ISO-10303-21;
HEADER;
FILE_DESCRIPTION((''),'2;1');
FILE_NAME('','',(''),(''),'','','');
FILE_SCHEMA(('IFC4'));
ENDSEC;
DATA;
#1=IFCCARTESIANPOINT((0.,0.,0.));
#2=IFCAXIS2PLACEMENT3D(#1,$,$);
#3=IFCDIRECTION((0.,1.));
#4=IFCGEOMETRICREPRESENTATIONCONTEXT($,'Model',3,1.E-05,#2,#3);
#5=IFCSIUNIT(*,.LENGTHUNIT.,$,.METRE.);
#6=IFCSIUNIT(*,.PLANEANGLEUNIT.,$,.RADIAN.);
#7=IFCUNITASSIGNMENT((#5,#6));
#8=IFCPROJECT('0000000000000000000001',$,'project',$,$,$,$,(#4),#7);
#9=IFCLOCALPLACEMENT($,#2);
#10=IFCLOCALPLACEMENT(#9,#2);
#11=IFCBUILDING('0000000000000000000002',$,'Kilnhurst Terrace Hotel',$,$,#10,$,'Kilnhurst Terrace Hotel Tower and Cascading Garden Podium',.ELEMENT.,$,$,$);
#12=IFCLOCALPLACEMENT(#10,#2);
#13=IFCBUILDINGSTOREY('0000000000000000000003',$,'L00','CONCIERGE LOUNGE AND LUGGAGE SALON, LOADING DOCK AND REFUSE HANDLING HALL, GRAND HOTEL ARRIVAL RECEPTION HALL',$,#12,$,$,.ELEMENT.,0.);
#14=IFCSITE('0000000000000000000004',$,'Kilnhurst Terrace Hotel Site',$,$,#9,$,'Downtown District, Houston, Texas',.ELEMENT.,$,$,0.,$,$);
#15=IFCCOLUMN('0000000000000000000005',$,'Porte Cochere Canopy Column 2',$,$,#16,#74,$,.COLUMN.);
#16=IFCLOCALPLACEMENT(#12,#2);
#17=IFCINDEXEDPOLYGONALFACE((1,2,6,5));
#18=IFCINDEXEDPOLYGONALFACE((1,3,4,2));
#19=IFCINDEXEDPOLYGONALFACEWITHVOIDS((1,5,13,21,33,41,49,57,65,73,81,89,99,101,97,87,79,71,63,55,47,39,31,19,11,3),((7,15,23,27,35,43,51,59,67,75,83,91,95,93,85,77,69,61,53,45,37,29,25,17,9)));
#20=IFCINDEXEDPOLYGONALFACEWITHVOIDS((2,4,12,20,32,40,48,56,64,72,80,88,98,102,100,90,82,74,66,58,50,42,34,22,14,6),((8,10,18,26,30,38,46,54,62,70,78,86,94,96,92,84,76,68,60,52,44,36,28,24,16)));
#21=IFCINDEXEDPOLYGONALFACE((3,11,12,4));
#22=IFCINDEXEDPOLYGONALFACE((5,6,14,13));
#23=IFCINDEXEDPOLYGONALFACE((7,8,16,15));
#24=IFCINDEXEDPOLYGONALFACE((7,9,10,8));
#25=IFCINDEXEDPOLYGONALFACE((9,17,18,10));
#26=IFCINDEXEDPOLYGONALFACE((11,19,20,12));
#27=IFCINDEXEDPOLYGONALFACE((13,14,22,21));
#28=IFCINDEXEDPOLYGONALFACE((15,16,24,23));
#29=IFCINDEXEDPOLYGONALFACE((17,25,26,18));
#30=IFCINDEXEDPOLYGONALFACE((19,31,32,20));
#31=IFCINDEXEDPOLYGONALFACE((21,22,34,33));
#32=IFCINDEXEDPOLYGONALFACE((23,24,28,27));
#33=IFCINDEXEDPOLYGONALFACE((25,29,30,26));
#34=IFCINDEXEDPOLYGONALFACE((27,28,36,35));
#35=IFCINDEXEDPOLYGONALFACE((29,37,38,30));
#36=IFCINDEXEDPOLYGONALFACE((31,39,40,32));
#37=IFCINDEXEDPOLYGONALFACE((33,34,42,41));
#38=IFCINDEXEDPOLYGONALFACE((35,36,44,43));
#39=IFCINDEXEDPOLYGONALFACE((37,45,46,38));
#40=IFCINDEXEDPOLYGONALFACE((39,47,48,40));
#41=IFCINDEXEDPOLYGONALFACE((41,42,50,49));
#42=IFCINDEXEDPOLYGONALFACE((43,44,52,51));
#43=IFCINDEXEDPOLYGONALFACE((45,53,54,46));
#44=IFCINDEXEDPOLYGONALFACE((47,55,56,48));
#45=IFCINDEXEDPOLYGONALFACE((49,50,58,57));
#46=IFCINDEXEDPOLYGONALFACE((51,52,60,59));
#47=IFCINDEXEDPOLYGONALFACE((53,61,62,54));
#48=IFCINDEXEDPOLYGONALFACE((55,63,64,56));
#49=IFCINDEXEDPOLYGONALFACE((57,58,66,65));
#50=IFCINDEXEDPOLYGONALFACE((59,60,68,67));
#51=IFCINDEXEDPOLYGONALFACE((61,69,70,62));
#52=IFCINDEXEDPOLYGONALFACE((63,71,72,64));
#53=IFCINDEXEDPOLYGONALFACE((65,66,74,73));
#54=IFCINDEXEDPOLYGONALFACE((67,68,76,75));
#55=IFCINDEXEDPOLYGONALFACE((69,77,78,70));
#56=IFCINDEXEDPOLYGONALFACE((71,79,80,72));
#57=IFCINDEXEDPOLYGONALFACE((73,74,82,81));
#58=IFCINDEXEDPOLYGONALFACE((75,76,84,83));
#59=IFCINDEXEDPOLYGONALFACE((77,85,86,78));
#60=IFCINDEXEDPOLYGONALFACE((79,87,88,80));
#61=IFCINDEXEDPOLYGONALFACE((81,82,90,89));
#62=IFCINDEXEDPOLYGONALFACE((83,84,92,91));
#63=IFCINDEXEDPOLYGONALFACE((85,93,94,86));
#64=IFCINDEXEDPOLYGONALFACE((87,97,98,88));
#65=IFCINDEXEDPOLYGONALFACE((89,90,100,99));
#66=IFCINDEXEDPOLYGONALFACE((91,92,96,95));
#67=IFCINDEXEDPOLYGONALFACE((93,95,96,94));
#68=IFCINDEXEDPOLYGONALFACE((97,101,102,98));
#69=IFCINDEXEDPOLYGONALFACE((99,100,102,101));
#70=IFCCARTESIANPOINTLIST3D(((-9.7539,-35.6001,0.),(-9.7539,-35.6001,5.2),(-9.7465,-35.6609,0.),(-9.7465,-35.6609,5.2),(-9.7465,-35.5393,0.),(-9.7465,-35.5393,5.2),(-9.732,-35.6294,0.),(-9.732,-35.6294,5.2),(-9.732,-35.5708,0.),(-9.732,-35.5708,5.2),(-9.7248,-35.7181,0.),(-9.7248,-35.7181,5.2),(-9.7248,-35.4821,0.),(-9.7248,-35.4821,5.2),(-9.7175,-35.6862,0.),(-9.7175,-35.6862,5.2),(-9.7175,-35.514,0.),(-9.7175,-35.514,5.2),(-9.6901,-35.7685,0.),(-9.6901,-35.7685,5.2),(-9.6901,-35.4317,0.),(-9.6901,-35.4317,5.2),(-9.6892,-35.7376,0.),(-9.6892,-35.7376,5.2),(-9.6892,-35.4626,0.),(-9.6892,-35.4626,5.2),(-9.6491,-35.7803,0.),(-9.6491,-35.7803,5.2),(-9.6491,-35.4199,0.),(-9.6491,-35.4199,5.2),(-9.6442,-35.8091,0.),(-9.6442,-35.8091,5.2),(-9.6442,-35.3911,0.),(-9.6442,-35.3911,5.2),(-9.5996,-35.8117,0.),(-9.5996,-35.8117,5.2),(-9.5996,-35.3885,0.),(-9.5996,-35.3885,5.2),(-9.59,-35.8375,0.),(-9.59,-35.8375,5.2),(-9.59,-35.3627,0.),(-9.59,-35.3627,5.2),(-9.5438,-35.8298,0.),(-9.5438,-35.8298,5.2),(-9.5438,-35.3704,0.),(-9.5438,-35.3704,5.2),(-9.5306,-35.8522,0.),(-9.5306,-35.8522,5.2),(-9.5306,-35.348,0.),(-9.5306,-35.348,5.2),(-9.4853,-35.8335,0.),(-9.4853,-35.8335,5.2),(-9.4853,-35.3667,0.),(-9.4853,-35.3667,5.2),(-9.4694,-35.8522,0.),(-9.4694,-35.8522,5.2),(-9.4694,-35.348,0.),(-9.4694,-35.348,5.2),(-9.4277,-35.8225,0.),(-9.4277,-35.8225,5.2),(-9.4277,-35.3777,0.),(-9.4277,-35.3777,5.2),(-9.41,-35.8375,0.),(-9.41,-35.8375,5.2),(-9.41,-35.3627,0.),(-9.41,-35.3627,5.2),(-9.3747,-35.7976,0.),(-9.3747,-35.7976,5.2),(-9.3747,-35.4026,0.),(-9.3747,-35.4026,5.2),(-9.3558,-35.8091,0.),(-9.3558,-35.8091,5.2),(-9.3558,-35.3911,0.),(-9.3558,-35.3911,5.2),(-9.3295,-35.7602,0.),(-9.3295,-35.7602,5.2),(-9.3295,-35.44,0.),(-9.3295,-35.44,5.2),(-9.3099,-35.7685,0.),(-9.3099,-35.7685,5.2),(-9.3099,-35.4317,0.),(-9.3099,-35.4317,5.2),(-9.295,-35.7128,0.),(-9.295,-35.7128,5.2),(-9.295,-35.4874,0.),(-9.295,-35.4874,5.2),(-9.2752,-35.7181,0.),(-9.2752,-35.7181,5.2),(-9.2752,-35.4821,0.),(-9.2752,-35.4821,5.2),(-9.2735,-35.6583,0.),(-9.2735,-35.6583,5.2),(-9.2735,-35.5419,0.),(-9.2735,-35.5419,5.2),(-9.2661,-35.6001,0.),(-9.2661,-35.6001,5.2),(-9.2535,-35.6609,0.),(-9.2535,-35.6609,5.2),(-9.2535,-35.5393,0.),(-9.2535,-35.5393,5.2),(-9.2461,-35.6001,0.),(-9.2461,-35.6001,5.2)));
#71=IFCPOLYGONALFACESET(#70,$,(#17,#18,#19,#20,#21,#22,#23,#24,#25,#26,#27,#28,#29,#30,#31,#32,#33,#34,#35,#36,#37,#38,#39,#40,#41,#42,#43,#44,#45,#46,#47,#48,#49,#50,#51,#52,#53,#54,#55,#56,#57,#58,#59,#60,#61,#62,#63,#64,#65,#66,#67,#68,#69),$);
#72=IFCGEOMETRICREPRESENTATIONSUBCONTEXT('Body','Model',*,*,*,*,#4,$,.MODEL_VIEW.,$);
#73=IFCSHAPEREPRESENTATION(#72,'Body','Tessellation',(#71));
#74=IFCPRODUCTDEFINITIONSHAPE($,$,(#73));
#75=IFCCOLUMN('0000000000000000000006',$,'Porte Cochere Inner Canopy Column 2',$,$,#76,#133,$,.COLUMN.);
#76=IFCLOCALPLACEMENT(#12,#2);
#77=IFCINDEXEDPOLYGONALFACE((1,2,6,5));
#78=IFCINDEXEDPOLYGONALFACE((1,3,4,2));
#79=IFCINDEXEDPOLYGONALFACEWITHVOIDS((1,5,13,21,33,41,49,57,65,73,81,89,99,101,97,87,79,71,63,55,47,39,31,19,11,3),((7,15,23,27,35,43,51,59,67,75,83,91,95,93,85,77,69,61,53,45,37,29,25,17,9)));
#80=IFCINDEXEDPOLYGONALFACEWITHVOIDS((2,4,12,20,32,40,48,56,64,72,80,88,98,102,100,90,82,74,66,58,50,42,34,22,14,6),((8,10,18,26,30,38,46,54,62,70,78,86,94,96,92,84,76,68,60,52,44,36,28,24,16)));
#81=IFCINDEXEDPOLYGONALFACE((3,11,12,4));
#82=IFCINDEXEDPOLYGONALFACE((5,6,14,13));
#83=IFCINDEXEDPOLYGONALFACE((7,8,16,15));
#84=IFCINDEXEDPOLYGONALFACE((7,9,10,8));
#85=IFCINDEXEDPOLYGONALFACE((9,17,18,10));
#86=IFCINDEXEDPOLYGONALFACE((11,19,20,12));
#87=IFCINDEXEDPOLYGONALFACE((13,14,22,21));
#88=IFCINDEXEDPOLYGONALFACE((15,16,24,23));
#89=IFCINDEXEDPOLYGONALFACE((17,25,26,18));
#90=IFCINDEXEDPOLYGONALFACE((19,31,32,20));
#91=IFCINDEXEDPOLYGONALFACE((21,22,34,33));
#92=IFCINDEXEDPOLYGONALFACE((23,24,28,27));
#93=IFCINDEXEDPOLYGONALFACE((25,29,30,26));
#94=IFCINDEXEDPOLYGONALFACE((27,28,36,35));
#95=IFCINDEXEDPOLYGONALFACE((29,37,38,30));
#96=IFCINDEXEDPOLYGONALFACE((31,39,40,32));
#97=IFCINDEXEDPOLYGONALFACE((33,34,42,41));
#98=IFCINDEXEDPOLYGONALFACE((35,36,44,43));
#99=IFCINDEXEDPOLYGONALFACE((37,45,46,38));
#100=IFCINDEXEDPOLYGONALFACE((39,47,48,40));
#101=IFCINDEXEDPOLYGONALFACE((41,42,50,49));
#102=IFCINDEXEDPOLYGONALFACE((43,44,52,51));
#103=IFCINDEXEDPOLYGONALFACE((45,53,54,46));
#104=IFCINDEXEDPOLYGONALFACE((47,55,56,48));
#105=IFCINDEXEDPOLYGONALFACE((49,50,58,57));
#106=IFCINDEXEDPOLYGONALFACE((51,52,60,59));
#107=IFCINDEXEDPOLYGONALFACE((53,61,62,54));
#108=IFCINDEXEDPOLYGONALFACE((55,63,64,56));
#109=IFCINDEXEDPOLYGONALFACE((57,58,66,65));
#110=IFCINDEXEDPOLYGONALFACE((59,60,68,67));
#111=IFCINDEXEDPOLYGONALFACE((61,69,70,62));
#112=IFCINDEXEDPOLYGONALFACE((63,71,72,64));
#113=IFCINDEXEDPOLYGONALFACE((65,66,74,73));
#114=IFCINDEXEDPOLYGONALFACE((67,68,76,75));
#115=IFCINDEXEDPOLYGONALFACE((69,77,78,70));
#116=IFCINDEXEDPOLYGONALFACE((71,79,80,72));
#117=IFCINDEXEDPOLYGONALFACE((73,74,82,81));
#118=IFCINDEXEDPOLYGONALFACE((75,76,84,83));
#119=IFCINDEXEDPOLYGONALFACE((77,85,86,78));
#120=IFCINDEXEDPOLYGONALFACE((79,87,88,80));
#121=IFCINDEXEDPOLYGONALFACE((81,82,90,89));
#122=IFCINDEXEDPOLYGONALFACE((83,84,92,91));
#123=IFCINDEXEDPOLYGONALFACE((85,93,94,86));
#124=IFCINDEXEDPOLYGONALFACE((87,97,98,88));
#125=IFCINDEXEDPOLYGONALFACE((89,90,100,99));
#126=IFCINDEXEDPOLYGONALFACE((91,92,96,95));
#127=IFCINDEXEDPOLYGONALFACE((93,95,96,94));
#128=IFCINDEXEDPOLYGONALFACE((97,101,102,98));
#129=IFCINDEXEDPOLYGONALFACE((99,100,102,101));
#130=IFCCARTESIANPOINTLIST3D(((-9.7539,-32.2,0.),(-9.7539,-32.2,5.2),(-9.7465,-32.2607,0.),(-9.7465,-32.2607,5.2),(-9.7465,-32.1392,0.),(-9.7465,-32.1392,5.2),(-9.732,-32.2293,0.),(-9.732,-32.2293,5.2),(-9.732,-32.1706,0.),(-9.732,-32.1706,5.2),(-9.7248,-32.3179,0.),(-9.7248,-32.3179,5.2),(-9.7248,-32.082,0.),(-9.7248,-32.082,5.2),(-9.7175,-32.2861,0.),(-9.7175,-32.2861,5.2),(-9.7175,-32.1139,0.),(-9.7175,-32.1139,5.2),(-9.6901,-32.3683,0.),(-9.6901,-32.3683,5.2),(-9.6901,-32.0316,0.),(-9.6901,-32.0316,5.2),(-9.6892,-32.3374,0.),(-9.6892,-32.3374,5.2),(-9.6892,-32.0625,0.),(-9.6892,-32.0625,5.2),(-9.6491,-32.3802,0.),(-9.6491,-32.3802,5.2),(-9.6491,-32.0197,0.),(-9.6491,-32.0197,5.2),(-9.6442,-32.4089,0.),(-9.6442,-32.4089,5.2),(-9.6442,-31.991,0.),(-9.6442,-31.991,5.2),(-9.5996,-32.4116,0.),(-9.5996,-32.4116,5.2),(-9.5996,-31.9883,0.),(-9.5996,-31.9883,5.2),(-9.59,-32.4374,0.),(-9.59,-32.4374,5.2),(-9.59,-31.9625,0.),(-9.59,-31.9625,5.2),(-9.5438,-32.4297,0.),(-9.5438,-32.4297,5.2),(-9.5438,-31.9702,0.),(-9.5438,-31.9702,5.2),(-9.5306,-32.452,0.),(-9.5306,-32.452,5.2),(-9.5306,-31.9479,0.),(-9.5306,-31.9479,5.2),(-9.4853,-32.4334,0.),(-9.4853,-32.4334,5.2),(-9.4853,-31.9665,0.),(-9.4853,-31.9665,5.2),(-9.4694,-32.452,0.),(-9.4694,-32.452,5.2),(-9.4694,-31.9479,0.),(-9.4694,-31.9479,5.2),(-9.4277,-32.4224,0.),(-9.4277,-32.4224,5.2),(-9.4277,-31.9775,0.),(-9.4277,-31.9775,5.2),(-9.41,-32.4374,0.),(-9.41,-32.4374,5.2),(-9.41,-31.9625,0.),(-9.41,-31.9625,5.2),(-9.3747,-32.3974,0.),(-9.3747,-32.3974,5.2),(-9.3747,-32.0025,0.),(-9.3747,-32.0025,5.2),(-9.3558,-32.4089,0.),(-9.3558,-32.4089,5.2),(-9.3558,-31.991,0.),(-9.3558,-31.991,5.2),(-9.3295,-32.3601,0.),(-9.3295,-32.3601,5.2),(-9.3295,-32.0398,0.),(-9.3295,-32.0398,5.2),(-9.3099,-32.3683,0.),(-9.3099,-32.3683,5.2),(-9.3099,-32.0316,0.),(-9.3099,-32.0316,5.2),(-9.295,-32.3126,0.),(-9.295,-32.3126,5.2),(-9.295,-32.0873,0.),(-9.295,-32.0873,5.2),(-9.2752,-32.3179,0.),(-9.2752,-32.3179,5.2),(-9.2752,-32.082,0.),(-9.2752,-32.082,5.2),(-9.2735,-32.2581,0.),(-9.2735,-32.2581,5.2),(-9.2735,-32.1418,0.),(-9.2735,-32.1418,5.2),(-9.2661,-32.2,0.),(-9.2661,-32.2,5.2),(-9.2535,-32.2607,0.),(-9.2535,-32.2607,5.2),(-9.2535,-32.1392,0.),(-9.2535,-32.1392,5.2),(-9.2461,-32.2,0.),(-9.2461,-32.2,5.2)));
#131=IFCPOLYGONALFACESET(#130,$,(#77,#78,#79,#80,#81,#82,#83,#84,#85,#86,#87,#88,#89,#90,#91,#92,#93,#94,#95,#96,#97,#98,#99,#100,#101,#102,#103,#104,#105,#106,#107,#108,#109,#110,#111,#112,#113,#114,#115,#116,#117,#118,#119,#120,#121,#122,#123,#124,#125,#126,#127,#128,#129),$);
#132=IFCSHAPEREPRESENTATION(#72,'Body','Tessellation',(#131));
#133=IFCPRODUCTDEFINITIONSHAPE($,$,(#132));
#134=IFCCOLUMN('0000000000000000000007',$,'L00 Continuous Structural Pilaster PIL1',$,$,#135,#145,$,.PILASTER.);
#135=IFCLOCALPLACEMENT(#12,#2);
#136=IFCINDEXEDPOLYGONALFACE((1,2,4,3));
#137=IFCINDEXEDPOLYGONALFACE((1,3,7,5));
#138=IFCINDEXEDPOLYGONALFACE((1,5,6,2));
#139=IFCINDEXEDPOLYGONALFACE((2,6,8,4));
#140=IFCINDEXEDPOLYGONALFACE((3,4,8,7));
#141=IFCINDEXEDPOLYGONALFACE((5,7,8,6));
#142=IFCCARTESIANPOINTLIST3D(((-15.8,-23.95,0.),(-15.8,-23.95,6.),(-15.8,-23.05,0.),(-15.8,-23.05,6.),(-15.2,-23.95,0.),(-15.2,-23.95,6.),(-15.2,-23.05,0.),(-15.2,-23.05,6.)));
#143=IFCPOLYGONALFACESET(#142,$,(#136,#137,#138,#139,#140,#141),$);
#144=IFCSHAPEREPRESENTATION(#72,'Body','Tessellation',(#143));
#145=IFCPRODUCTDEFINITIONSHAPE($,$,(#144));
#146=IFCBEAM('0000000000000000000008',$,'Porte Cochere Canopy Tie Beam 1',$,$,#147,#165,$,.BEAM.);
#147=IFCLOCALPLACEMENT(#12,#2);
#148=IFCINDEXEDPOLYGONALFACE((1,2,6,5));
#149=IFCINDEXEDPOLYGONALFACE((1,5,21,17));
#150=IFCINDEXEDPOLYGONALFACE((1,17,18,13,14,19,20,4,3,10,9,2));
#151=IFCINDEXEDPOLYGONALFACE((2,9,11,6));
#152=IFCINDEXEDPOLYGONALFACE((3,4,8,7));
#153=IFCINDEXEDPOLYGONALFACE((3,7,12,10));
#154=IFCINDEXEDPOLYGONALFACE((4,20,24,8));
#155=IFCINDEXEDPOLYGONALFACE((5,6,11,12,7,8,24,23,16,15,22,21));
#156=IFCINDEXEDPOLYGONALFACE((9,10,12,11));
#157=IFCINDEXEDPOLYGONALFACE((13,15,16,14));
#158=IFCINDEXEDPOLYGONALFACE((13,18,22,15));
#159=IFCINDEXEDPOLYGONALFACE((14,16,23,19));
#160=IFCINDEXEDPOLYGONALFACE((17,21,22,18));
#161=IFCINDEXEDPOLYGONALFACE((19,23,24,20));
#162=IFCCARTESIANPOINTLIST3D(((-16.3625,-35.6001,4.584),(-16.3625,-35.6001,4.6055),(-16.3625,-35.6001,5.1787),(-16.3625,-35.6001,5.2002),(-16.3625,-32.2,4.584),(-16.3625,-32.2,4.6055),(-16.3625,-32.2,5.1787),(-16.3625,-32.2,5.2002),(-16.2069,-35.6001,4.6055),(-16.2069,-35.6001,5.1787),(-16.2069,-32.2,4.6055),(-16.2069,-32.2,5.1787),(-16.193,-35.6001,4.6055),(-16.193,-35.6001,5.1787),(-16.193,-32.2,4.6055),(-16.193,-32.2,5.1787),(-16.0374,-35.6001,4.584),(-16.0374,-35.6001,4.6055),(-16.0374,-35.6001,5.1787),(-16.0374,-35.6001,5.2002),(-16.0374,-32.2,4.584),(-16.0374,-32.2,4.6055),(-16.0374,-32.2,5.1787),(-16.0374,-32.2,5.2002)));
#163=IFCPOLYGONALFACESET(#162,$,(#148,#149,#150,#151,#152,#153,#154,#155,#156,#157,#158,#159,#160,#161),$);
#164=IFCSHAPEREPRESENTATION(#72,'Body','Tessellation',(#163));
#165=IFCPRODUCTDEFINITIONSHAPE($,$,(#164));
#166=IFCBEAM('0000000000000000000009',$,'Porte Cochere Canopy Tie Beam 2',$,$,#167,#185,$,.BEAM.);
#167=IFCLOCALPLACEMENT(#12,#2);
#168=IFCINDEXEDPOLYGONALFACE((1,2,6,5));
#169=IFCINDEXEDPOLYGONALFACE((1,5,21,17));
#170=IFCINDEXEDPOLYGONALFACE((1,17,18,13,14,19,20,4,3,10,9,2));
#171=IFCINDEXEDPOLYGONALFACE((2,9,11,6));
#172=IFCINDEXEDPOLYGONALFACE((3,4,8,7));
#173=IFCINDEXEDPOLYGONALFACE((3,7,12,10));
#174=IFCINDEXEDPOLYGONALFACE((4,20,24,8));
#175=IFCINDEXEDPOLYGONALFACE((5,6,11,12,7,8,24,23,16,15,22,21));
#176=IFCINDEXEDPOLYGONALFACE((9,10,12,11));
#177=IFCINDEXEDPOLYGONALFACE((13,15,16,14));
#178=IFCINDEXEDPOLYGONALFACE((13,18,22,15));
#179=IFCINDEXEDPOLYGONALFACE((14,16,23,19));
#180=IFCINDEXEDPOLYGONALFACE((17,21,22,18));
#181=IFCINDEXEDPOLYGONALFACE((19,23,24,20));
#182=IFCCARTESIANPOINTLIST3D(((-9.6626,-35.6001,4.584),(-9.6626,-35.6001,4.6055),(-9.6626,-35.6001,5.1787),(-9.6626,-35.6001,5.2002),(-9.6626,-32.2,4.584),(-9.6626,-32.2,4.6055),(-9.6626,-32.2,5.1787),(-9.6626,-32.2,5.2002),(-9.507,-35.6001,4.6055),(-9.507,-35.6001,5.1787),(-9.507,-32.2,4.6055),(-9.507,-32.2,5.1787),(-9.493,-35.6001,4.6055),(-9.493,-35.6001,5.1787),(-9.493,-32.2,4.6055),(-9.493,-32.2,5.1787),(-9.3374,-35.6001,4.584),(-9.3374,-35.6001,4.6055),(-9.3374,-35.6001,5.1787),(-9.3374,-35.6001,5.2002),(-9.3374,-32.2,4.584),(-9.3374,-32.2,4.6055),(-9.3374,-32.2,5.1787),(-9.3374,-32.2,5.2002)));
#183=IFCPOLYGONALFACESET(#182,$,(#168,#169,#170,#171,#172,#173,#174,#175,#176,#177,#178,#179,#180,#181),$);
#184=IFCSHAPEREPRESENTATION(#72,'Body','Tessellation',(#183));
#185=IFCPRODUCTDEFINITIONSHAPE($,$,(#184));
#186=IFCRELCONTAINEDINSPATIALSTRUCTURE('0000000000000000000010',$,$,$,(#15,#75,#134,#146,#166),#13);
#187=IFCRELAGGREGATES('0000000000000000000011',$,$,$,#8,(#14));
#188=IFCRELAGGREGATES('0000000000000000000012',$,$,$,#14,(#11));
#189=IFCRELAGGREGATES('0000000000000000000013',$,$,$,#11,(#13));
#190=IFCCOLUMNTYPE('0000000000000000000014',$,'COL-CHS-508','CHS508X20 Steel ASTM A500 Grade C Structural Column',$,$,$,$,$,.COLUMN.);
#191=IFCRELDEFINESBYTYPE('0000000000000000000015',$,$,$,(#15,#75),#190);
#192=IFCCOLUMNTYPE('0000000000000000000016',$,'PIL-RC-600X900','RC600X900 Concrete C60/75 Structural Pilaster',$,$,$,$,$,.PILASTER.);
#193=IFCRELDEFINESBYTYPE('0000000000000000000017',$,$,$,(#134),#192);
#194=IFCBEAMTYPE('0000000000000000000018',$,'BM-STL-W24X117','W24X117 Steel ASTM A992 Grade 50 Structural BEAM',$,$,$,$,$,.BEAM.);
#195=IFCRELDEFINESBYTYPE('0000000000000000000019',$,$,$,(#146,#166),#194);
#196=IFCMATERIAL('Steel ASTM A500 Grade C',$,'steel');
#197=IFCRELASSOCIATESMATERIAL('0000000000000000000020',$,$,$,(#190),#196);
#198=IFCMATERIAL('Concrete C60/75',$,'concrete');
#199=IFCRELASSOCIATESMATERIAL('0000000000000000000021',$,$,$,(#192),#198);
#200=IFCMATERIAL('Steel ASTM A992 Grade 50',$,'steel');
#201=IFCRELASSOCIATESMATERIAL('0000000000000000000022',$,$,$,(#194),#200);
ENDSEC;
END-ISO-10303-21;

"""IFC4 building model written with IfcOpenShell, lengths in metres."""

from ifc_helpers import new_model, si_unit, direction, frame, origin, origin_2d, place, context, subcontext, project, spatial, rectangle, hollow_circle, i_section, extrude, material, material_profile, profile_set, type_object, element, save


model = new_model("IFC4")

# Units and contexts
model_context = context("Model", 3, precision=1e-05, world=origin(), true_north=direction((0.0, 1.0)))
body_context = subcontext(model_context, "Body", "Model", "MODEL_VIEW")
ifc_project = project(units=[si_unit("LENGTHUNIT", "METRE"), si_unit("PLANEANGLEUNIT", "RADIAN")], contexts=[model_context])

# Site, building, storey
site_placement = place(None, origin())
site = spatial("IfcSite", under=ifc_project, at=site_placement, Name="Kilnhurst Terrace Hotel Site", LongName="Downtown District, Houston, Texas", CompositionType="ELEMENT", RefElevation=0.0)
building_placement = place(site_placement, origin())
building = spatial("IfcBuilding", under=site, at=building_placement, Name="Kilnhurst Terrace Hotel", LongName="Kilnhurst Terrace Hotel Tower and Cascading Garden Podium", CompositionType="ELEMENT")
storey_placement = place(building_placement, origin())
storey = spatial("IfcBuildingStorey", under=building, at=storey_placement, Name="L00", Description="CONCIERGE LOUNGE AND LUGGAGE SALON, LOADING DOCK AND REFUSE HANDLING HALL, GRAND HOTEL ARRIVAL RECEPTION HALL", CompositionType="ELEMENT", Elevation=0.0)

# Columns
ifc_material_1 = material(Name="Steel ASTM A500 Grade C", Category="steel")
ifc_material_profile_1 = material_profile(ifc_material_1, hollow_circle(Radius=0.2539, WallThickness=0.02, at=origin_2d()), Name="CHS508X20")
ifc_profile_set_1 = profile_set([ifc_material_profile_1], Name="Steel ASTM A500 Grade C")
column_type_1 = type_object("IfcColumnType", Name="COL-CHS-508", Description="CHS508X20 Steel ASTM A500 Grade C Structural Column", PredefinedType="COLUMN", material=ifc_profile_set_1)
for number, where, z_axis, x_axis, name in (
    (1, (-9.5, -35.6001, 0.0), (0.0, 0.0, 1.0), (1.0, 0.0, 0.0), "Porte Cochere Canopy Column 2"),
    (2, (-9.5, -32.2, 0.0), (0.0, 0.0, 1.0), (1.0, 0.0, 0.0), "Porte Cochere Inner Canopy Column 2"),
):
    element("IfcColumn", number, at=place(storey_placement, frame(where, z_axis=z_axis, x_axis=x_axis)), inside=storey, type_object=column_type_1, Name=name, PredefinedType="COLUMN", context=body_context, shape_type="SweptSolid", body=[
        extrude(hollow_circle(Radius=0.2539, WallThickness=0.02, at=origin_2d()), origin(), (0.0, 0.0, 1.0), 5.2),
    ])
ifc_material_2 = material(Name="Concrete C60/75", Category="concrete")
ifc_material_profile_2 = material_profile(ifc_material_2, rectangle(XDim=0.6001, YDim=0.8999, at=origin_2d()), Name="RC600X900")
ifc_profile_set_2 = profile_set([ifc_material_profile_2], Name="Concrete C60/75")
column_type_2 = type_object("IfcColumnType", Name="PIL-RC-600X900", Description="RC600X900 Concrete C60/75 Structural Pilaster", PredefinedType="PILASTER", material=ifc_profile_set_2)
column_placement = place(storey_placement, frame((-15.5, -23.5, 0.0), z_axis=(0.0, 0.0, 1.0), x_axis=(1.0, 0.0, 0.0)))
element("IfcColumn", 3, at=column_placement, inside=storey, type_object=column_type_2, Name="L00 Continuous Structural Pilaster PIL1", PredefinedType="PILASTER", context=body_context, shape_type="SweptSolid", body=[
    extrude(rectangle(XDim=0.6001, YDim=0.8999, at=origin_2d()), origin(), (0.0, 0.0, 1.0), 6.0),
])

# Beams
ifc_material_3 = material(Name="Steel ASTM A992 Grade 50", Category="steel")
ifc_material_profile_3 = material_profile(ifc_material_3, i_section(OverallWidth=0.3252, OverallDepth=0.6162, WebThickness=0.0139, FlangeThickness=0.0215, at=origin_2d()), Name="W24X117")
ifc_profile_set_3 = profile_set([ifc_material_profile_3], Name="Steel ASTM A992 Grade 50")
beam_type = type_object("IfcBeamType", Name="BM-STL-W24X117", Description="W24X117 Steel ASTM A992 Grade 50 Structural BEAM", PredefinedType="BEAM", material=ifc_profile_set_3)
for number, where, z_axis, x_axis, name in (
    (4, (-16.2, -35.6001, 4.8921), (0.0, 1.0, 0.0), (-1.0, 0.0, 0.0), "Porte Cochere Canopy Tie Beam 1"),
    (5, (-9.5, -35.6001, 4.8921), (0.0, 1.0, 0.0), (-1.0, 0.0, 0.0), "Porte Cochere Canopy Tie Beam 2"),
):
    element("IfcBeam", number, at=place(storey_placement, frame(where, z_axis=z_axis, x_axis=x_axis)), inside=storey, type_object=beam_type, Name=name, PredefinedType="BEAM", context=body_context, shape_type="SweptSolid", body=[
        extrude(i_section(OverallWidth=0.3252, OverallDepth=0.6162, WebThickness=0.0139, FlangeThickness=0.0215, at=origin_2d()), origin(), (0.0, 0.0, 1.0), 3.4001),
    ])

save(model, "model.ifc")
